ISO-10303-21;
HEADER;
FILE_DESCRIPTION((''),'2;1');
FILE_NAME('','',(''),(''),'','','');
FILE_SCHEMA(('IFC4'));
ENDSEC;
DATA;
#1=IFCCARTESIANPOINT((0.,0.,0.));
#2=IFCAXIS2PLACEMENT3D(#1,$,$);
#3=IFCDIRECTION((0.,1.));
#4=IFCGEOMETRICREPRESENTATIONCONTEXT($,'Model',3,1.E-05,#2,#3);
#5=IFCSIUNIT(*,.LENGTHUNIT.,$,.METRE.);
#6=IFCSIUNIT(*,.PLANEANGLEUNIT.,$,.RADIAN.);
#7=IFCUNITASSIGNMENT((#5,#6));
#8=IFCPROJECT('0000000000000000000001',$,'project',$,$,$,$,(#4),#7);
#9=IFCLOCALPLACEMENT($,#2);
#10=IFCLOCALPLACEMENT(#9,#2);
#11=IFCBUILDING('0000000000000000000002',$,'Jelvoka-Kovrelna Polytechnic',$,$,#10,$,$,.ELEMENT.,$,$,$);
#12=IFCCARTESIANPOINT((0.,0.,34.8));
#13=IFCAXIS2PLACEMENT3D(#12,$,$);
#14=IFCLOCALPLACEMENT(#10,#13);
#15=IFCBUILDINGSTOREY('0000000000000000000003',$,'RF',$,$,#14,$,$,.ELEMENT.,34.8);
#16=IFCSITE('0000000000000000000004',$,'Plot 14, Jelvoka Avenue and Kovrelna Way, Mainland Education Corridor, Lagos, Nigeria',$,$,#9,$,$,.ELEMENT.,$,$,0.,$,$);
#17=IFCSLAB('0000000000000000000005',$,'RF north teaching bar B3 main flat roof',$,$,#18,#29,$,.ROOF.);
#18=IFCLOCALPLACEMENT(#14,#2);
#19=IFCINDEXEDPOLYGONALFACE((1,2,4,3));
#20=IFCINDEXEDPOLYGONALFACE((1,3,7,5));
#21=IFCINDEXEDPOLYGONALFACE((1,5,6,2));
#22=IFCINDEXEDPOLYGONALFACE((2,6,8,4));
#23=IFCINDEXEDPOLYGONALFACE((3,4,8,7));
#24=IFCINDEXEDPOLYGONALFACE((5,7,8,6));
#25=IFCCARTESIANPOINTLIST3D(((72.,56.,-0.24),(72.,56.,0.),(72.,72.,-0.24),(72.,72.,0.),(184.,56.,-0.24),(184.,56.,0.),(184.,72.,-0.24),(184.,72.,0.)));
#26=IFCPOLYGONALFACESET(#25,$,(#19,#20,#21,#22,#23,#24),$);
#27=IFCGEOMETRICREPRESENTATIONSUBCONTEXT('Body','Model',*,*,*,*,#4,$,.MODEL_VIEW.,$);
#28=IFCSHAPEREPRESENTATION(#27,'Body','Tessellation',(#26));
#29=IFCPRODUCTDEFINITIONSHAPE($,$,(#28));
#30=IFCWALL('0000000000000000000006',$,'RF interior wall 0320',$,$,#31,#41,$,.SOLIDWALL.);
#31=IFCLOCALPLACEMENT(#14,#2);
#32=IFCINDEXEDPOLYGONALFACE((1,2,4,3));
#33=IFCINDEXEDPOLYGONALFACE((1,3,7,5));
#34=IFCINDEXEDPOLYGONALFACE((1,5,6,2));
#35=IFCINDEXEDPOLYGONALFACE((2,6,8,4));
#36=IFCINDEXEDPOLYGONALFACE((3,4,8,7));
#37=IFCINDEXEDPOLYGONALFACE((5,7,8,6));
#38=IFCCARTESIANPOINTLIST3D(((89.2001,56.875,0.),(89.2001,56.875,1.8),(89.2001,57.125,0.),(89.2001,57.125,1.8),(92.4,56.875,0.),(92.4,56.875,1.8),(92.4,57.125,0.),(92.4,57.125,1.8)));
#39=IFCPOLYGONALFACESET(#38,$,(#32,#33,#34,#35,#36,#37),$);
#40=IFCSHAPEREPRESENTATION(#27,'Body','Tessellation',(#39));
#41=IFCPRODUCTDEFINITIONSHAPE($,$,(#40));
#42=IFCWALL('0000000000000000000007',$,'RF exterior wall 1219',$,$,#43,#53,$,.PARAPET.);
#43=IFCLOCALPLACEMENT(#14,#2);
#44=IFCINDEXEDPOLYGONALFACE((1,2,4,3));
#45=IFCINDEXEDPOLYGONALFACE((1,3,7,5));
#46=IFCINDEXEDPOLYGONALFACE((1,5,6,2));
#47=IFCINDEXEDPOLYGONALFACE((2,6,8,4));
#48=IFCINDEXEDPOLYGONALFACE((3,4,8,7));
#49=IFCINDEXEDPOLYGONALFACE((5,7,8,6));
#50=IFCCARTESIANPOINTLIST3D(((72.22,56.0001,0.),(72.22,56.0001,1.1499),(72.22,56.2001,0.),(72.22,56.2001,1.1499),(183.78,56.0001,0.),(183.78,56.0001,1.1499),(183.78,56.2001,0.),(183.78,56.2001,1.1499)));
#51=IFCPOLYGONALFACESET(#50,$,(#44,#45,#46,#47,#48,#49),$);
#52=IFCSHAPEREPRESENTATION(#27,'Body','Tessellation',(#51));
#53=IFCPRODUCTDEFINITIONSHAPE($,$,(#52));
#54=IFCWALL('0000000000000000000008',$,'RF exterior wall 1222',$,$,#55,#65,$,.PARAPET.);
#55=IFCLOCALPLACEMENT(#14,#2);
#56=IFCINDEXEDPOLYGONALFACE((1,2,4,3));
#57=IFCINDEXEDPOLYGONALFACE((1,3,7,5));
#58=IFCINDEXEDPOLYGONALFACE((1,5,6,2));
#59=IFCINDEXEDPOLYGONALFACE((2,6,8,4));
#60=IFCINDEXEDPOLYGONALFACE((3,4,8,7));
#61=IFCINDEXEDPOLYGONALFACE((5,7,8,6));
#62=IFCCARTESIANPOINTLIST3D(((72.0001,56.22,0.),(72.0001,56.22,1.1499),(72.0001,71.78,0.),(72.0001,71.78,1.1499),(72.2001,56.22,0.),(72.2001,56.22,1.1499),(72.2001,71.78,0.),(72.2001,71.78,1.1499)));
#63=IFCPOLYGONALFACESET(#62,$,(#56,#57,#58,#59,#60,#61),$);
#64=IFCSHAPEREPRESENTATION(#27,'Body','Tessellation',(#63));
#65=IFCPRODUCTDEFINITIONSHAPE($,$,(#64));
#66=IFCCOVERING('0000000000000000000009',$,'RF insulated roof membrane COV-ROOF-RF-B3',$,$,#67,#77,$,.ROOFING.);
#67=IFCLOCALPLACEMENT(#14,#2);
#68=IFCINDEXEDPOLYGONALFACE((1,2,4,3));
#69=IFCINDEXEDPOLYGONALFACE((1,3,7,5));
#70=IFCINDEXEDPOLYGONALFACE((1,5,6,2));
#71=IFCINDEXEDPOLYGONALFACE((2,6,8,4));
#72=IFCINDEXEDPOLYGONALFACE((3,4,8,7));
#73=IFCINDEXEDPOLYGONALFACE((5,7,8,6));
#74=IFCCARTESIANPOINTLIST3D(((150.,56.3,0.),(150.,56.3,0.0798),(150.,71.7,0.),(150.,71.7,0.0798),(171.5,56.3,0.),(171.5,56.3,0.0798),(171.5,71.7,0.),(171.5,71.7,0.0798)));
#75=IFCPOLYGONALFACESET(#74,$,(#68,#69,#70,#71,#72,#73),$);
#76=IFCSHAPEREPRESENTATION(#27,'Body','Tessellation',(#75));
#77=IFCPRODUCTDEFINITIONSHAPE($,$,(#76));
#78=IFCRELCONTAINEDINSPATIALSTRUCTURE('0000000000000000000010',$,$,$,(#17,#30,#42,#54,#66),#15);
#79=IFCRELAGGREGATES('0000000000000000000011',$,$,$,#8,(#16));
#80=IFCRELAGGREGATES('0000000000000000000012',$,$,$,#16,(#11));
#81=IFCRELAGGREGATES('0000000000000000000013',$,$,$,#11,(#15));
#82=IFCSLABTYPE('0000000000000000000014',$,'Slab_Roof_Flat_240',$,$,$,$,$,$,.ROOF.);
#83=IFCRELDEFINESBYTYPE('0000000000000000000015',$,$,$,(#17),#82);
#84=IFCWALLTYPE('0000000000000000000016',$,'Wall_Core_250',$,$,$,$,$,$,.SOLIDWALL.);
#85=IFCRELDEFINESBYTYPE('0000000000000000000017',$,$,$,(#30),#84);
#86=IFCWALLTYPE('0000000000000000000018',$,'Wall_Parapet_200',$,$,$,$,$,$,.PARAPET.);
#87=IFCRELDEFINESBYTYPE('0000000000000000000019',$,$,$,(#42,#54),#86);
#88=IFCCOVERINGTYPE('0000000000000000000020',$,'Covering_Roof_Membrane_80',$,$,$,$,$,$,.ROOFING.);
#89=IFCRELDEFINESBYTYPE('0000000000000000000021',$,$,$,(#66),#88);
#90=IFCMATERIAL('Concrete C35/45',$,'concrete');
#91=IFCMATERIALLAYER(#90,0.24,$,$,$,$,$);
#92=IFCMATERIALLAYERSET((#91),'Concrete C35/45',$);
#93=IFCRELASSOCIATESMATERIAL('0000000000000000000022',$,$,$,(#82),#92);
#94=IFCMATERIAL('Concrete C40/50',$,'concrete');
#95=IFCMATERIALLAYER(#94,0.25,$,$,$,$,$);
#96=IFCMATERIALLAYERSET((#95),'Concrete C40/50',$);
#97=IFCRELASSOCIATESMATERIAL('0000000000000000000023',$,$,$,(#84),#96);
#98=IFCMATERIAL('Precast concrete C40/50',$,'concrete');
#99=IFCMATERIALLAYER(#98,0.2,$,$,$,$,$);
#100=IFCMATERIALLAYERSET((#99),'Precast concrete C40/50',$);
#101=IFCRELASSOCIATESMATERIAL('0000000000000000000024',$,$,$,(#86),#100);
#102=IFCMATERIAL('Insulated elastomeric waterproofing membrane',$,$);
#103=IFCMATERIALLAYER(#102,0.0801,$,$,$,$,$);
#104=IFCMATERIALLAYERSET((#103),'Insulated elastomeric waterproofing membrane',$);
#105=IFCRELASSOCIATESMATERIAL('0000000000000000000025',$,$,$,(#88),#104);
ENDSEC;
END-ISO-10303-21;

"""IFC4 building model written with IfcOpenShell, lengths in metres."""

from ifc_helpers import new_model, si_unit, direction, frame, frame_2d, origin, place, context, subcontext, project, spatial, polyline, rectangle, outline, extrude, material, layer, layer_set, type_object, element, save


model = new_model("IFC4")

# Units and contexts
model_context = context("Model", 3, precision=1e-05, world=origin(), true_north=direction((0.0, 1.0)))
body_context = subcontext(model_context, "Body", "Model", "MODEL_VIEW")
ifc_project = project(units=[si_unit("LENGTHUNIT", "METRE"), si_unit("PLANEANGLEUNIT", "RADIAN")], contexts=[model_context])

# Site, building, storey
site_placement = place(None, origin())
site = spatial("IfcSite", under=ifc_project, at=site_placement, Name="Plot 14, Jelvoka Avenue and Kovrelna Way, Mainland Education Corridor, Lagos, Nigeria", CompositionType="ELEMENT", RefElevation=0.0)
building_placement = place(site_placement, origin())
building = spatial("IfcBuilding", under=site, at=building_placement, Name="Jelvoka-Kovrelna Polytechnic", CompositionType="ELEMENT")
storey_placement = place(building_placement, frame((0.0, 0.0, 34.8)))
storey = spatial("IfcBuildingStorey", under=building, at=storey_placement, Name="RF", CompositionType="ELEMENT", Elevation=34.8)

# Slab
ifc_material_1 = material(Name="Concrete C35/45", Category="concrete")
ifc_layer_1 = layer(ifc_material_1, 0.24)
ifc_layer_set_1 = layer_set([ifc_layer_1], Name="Concrete C35/45")
slab_type_1 = type_object("IfcSlabType", Name="Slab_Roof_Flat_240", PredefinedType="ROOF", material=ifc_layer_set_1)
slab_1_placement = place(storey_placement, frame((0.0, 0.0, -0.24)))
element("IfcSlab", 1, at=slab_1_placement, inside=storey, type_object=slab_type_1, Name="RF north teaching bar B3 main flat roof", PredefinedType="ROOF", context=body_context, shape_type="SweptSolid", body=[
    extrude(outline(polyline([(72.0, 56.0), (184.0, 56.0), (184.0, 72.0), (72.0, 72.0), (72.0, 56.0)])), origin(), (0.0, 0.0, 1.0), 0.24),
])

# Walls
ifc_material_2 = material(Name="Concrete C40/50", Category="concrete")
ifc_layer_2 = layer(ifc_material_2, 0.25)
ifc_layer_set_2 = layer_set([ifc_layer_2], Name="Concrete C40/50")
wall_type_1 = type_object("IfcWallType", Name="Wall_Core_250", PredefinedType="SOLIDWALL", material=ifc_layer_set_2)
wall_1_placement = place(storey_placement, frame((89.2, 57.0, 0.0), z_axis=(0.0, 0.0, 1.0), x_axis=(1.0, 0.0, 0.0)))
element("IfcWall", 2, at=wall_1_placement, inside=storey, type_object=wall_type_1, Name="RF interior wall 0320", PredefinedType="SOLIDWALL", context=body_context, shape_type="SweptSolid", body=[
    extrude(rectangle(XDim=3.2, YDim=0.25, at=frame_2d((1.6001, 0.0))), origin(), (0.0, 0.0, 1.0), 1.8),
])
ifc_material_3 = material(Name="Precast concrete C40/50", Category="concrete")
ifc_layer_3 = layer(ifc_material_3, 0.2)
ifc_layer_set_3 = layer_set([ifc_layer_3], Name="Precast concrete C40/50")
wall_type_2 = type_object("IfcWallType", Name="Wall_Parapet_200", PredefinedType="PARAPET", material=ifc_layer_set_3)
wall_2_placement = place(storey_placement, frame((72.22, 56.1001, 0.0), z_axis=(0.0, 0.0, 1.0), x_axis=(1.0, 0.0, 0.0)))
element("IfcWall", 3, at=wall_2_placement, inside=storey, type_object=wall_type_2, Name="RF exterior wall 1219", PredefinedType="PARAPET", context=body_context, shape_type="SweptSolid", body=[
    extrude(rectangle(XDim=111.5601, YDim=0.2, at=frame_2d((55.78, 0.0))), origin(), (0.0, 0.0, 1.0), 1.1499),
])
wall_3_placement = place(storey_placement, frame((72.1001, 71.78, 0.0), z_axis=(0.0, 0.0, 1.0), x_axis=(0.0, -1.0, 0.0)))
element("IfcWall", 4, at=wall_3_placement, inside=storey, type_object=wall_type_2, Name="RF exterior wall 1222", PredefinedType="PARAPET", context=body_context, shape_type="SweptSolid", body=[
    extrude(rectangle(XDim=15.5601, YDim=0.2, at=frame_2d((7.78, 0.0))), origin(), (0.0, 0.0, 1.0), 1.1499),
])

# Covering
ifc_material_4 = material(Name="Insulated elastomeric waterproofing membrane")
ifc_layer_4 = layer(ifc_material_4, 0.0801)
ifc_layer_set_4 = layer_set([ifc_layer_4], Name="Insulated elastomeric waterproofing membrane")
covering_type = type_object("IfcCoveringType", Name="Covering_Roof_Membrane_80", PredefinedType="ROOFING", material=ifc_layer_set_4)
covering_placement = place(storey_placement, origin())
element("IfcCovering", 5, at=covering_placement, inside=storey, type_object=covering_type, Name="RF insulated roof membrane COV-ROOF-RF-B3", PredefinedType="ROOFING", context=body_context, shape_type="SweptSolid", body=[
    extrude(outline(polyline([(150.0, 56.3), (171.5, 56.3), (171.5, 71.7), (150.0, 71.7), (150.0, 56.3)])), origin(), (0.0, 0.0, 1.0), 0.0798),
])

save(model, "model.ifc")
